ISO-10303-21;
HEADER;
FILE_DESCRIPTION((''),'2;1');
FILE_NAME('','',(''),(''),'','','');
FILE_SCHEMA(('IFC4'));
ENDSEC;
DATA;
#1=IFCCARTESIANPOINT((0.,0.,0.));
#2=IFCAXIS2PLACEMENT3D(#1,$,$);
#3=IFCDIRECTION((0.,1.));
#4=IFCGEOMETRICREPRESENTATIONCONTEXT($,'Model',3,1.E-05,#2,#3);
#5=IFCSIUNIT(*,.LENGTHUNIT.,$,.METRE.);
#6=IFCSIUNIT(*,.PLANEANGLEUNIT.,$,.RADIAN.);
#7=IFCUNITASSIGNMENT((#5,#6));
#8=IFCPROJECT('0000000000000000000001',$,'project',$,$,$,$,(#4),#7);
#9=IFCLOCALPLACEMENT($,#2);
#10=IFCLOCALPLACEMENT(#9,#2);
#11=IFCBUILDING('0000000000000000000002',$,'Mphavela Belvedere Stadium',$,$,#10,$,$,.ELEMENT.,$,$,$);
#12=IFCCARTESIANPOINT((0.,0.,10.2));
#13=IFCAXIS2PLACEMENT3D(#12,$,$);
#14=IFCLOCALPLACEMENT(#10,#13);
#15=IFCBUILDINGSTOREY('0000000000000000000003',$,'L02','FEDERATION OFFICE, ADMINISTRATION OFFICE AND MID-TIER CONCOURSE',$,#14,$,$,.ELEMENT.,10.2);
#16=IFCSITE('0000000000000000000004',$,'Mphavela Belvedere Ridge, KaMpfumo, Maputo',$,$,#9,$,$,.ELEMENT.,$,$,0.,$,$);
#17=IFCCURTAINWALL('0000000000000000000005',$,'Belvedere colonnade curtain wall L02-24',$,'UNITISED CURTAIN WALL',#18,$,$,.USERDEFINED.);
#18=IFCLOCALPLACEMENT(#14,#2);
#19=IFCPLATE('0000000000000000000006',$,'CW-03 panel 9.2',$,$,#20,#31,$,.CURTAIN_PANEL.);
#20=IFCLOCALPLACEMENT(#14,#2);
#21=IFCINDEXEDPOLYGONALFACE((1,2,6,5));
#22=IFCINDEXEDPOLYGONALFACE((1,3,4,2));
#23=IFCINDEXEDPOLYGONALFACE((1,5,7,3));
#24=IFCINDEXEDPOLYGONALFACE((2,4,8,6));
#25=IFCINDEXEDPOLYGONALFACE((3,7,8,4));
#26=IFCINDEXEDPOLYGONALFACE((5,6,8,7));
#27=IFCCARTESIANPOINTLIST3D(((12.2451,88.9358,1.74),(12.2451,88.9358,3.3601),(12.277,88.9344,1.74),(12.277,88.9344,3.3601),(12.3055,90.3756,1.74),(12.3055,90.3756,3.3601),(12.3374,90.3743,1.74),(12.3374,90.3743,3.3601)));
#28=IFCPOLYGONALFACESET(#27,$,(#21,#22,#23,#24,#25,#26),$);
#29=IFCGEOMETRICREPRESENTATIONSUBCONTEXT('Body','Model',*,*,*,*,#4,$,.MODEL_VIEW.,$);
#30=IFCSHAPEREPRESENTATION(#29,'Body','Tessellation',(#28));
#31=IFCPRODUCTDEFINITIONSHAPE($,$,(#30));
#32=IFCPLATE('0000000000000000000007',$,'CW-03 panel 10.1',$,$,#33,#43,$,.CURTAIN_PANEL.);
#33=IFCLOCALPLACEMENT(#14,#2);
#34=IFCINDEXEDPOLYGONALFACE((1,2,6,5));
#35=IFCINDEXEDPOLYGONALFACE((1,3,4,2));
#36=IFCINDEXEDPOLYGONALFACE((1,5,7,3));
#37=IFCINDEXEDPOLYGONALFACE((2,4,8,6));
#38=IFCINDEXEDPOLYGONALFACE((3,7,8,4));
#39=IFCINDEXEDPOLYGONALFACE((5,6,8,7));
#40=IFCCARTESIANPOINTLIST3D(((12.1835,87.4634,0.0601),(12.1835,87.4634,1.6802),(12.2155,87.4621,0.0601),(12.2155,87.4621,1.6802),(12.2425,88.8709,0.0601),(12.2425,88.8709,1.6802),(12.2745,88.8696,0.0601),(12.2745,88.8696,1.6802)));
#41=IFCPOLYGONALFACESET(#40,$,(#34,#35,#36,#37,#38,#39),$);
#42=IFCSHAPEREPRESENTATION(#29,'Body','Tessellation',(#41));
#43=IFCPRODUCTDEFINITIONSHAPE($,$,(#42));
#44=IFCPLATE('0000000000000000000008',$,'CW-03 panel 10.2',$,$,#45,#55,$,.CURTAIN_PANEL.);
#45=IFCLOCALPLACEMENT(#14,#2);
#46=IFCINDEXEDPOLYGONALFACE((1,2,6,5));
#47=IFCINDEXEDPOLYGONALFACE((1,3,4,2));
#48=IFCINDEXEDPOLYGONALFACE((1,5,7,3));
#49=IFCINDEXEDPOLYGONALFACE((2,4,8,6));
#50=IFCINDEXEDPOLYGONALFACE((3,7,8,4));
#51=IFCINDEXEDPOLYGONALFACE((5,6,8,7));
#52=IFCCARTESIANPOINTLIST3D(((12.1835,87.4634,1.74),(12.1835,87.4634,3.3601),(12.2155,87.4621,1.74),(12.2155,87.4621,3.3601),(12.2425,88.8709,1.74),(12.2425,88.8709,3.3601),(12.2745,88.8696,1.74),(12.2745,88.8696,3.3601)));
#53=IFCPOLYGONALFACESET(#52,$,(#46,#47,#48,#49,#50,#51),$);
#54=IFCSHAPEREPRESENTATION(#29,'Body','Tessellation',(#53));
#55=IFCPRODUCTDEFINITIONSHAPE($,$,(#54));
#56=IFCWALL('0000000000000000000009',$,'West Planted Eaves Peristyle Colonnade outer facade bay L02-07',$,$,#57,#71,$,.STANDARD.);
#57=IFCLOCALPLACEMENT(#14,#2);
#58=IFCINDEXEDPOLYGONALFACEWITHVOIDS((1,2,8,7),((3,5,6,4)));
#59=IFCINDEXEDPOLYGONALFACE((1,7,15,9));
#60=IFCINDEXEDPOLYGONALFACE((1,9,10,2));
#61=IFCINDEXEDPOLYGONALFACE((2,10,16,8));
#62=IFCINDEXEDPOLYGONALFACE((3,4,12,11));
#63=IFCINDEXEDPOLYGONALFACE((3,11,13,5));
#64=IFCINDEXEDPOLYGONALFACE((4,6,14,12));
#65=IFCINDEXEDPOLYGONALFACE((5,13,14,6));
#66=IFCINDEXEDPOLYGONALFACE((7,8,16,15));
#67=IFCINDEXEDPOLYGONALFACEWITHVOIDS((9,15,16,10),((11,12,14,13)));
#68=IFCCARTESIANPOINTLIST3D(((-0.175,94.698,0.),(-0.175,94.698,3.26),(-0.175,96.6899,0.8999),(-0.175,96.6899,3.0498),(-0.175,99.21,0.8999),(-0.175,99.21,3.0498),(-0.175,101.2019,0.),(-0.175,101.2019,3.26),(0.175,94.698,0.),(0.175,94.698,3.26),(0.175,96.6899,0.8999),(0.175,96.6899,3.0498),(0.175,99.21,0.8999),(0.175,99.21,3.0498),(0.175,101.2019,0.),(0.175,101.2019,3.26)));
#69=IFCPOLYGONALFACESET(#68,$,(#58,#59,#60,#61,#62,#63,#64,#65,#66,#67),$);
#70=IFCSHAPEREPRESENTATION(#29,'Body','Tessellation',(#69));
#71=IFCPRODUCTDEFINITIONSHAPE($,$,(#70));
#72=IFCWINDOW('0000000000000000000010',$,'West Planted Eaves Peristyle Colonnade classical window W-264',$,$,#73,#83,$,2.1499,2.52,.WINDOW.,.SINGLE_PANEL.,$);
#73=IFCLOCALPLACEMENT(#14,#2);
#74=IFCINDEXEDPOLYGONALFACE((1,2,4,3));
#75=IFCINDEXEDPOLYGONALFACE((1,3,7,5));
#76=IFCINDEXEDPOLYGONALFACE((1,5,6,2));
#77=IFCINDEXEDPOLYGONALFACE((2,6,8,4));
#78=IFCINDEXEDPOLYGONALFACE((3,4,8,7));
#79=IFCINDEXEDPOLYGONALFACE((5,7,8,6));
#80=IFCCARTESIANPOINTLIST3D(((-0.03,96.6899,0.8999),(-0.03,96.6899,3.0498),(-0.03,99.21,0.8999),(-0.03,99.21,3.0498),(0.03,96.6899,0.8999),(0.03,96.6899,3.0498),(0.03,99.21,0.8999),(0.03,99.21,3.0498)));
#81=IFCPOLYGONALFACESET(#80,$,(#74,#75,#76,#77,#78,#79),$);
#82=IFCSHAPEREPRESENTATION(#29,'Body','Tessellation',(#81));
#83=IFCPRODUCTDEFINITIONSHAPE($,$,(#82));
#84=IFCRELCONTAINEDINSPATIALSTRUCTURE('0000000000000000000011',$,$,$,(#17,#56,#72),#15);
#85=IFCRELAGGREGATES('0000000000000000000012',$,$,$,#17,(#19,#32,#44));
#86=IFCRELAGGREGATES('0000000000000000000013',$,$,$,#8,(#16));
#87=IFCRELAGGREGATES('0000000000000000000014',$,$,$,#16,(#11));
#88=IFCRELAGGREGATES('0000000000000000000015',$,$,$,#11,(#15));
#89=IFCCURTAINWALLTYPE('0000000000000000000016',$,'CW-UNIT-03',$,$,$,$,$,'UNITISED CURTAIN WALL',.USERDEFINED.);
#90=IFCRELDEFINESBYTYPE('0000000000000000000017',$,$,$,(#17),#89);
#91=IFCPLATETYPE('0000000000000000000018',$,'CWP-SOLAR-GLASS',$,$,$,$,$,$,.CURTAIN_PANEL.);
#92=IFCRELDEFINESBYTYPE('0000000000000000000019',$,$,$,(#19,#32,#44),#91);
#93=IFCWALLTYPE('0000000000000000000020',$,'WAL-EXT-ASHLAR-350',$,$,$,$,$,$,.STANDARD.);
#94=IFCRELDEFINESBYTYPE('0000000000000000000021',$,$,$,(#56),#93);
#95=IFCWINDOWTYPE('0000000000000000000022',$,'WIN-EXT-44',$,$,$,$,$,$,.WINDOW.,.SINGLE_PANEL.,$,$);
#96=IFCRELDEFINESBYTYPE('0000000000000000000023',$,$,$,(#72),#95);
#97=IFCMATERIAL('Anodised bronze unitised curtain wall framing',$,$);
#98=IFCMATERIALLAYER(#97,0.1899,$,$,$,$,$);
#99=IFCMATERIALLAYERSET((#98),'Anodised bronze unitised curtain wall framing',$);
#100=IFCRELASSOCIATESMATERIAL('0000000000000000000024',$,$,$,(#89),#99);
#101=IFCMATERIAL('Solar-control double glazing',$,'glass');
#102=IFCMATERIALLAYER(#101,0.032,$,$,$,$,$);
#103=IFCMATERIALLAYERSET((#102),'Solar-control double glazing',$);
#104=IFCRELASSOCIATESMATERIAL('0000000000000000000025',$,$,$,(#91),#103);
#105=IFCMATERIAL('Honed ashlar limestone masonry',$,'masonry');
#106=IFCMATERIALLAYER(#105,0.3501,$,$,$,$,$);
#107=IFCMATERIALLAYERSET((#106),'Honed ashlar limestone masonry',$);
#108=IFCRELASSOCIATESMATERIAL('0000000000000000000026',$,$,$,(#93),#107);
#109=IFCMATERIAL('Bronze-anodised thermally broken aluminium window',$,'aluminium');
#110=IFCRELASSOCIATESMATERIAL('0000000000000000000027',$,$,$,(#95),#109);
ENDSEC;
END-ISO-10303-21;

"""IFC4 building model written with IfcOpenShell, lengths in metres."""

from ifc_helpers import new_model, si_unit, direction, frame, frame_2d, origin, origin_2d, place, context, subcontext, project, spatial, rectangle, extrude, material, layer, layer_set, type_object, element, fill, aggregate, save


model = new_model("IFC4")

# Units and contexts
model_context = context("Model", 3, precision=1e-05, world=origin(), true_north=direction((0.0, 1.0)))
body_context = subcontext(model_context, "Body", "Model", "MODEL_VIEW")
ifc_project = project(units=[si_unit("LENGTHUNIT", "METRE"), si_unit("PLANEANGLEUNIT", "RADIAN")], contexts=[model_context])

# Site, building, storey
site_placement = place(None, origin())
site = spatial("IfcSite", under=ifc_project, at=site_placement, Name="Mphavela Belvedere Ridge, KaMpfumo, Maputo", CompositionType="ELEMENT", RefElevation=0.0)
building_placement = place(site_placement, origin())
building = spatial("IfcBuilding", under=site, at=building_placement, Name="Mphavela Belvedere Stadium", CompositionType="ELEMENT")
storey_placement = place(building_placement, frame((0.0, 0.0, 10.2)))
storey = spatial("IfcBuildingStorey", under=building, at=storey_placement, Name="L02", Description="FEDERATION OFFICE, ADMINISTRATION OFFICE AND MID-TIER CONCOURSE", CompositionType="ELEMENT", Elevation=10.2)

# Curtain wall, plates
ifc_material_1 = material(Name="Anodised bronze unitised curtain wall framing")
ifc_layer_1 = layer(ifc_material_1, 0.1899)
ifc_layer_set_1 = layer_set([ifc_layer_1], Name="Anodised bronze unitised curtain wall framing")
curtain_wall_type = type_object("IfcCurtainWallType", Name="CW-UNIT-03", ElementType="UNITISED CURTAIN WALL", PredefinedType="USERDEFINED", material=ifc_layer_set_1)
curtain_wall_placement = place(storey_placement, origin())
curtain_wall = element("IfcCurtainWall", 1, at=curtain_wall_placement, inside=storey, type_object=curtain_wall_type, Name="Belvedere colonnade curtain wall L02-24", ObjectType="UNITISED CURTAIN WALL", PredefinedType="USERDEFINED")
ifc_material_2 = material(Name="Solar-control double glazing", Category="glass")
ifc_layer_2 = layer(ifc_material_2, 0.032)
ifc_layer_set_2 = layer_set([ifc_layer_2], Name="Solar-control double glazing")
plate_type = type_object("IfcPlateType", Name="CWP-SOLAR-GLASS", PredefinedType="CURTAIN_PANEL", material=ifc_layer_set_2)
plate_1_placement = place(storey_placement, frame((12.2913, 89.655, 1.74), z_axis=(0.0, 0.0, 1.0), x_axis=(-0.041904, -0.999122, 0.0)))
plate_1 = element("IfcPlate", 2, at=plate_1_placement, type_object=plate_type, Name="CW-03 panel 9.2", PredefinedType="CURTAIN_PANEL", context=body_context, shape_type="SweptSolid", body=[
    extrude(rectangle(XDim=1.4412, YDim=0.032, at=origin_2d()), origin(), (0.0, 0.0, 1.0), 1.6201),
])
plate_2_placement = place(storey_placement, frame((12.229, 88.1665, 0.0601), z_axis=(0.0, 0.0, 1.0), x_axis=(-0.041904, -0.999122, 0.0)))
plate_2 = element("IfcPlate", 3, at=plate_2_placement, type_object=plate_type, Name="CW-03 panel 10.1", PredefinedType="CURTAIN_PANEL", context=body_context, shape_type="SweptSolid", body=[
    extrude(rectangle(XDim=1.4087, YDim=0.032, at=origin_2d()), origin(), (0.0, 0.0, 1.0), 1.6201),
])
plate_3_placement = place(storey_placement, frame((12.229, 88.1665, 1.74), z_axis=(0.0, 0.0, 1.0), x_axis=(-0.041904, -0.999122, 0.0)))
plate_3 = element("IfcPlate", 4, at=plate_3_placement, type_object=plate_type, Name="CW-03 panel 10.2", PredefinedType="CURTAIN_PANEL", context=body_context, shape_type="SweptSolid", body=[
    extrude(rectangle(XDim=1.4087, YDim=0.032, at=origin_2d()), origin(), (0.0, 0.0, 1.0), 1.6201),
])
aggregate(curtain_wall, [plate_1, plate_2, plate_3])

# Wall, opening, window
ifc_material_3 = material(Name="Honed ashlar limestone masonry", Category="masonry")
ifc_layer_3 = layer(ifc_material_3, 0.3501)
ifc_layer_set_3 = layer_set([ifc_layer_3], Name="Honed ashlar limestone masonry")
wall_type = type_object("IfcWallType", Name="WAL-EXT-ASHLAR-350", PredefinedType="STANDARD", material=ifc_layer_set_3)
wall_placement = place(storey_placement, frame((0.0, 94.698, 0.0), z_axis=(0.0, 0.0, 1.0), x_axis=(0.0, 1.0, 0.0)))
wall = element("IfcWall", 5, at=wall_placement, inside=storey, type_object=wall_type, Name="West Planted Eaves Peristyle Colonnade outer facade bay L02-07", PredefinedType="STANDARD", context=body_context, shape_type="SweptSolid", body=[
    extrude(rectangle(XDim=6.5039, YDim=0.3501, at=frame_2d((3.252, 0.0))), origin(), (0.0, 0.0, 1.0), 3.26),
])
opening_placement = place(wall_placement, frame((1.9919, 0.0, 0.8999)))
opening = element("IfcOpeningElement", 6, at=opening_placement, cuts=wall, PredefinedType="OPENING", context=body_context, shape_type="SweptSolid", body=[
    extrude(rectangle(XDim=2.52, YDim=2.1499, at=frame_2d((1.26, 1.075))), frame((0.0, 0.1851, 0.0), z_axis=(0.0, -1.0, 0.0), x_axis=(1.0, 0.0, 0.0)), (0.0, 0.0, 1.0), 0.3701),
])
ifc_material_4 = material(Name="Bronze-anodised thermally broken aluminium window", Category="aluminium")
window_type = type_object("IfcWindowType", Name="WIN-EXT-44", PartitioningType="SINGLE_PANEL", PredefinedType="WINDOW", material=ifc_material_4)
window_placement = place(opening_placement, origin())
window = element("IfcWindow", 7, at=window_placement, inside=storey, type_object=window_type, Name="West Planted Eaves Peristyle Colonnade classical window W-264", OverallHeight=2.1499, OverallWidth=2.52, PartitioningType="SINGLE_PANEL", PredefinedType="WINDOW", context=body_context, shape_type="SweptSolid", body=[
    extrude(rectangle(XDim=2.52, YDim=2.1499, at=frame_2d((1.26, 1.075))), frame((0.0, 0.03, 0.0), z_axis=(0.0, -1.0, 0.0), x_axis=(1.0, 0.0, 0.0)), (0.0, 0.0, 1.0), 0.0601),
])
fill(opening, window)

save(model, "model.ifc")
